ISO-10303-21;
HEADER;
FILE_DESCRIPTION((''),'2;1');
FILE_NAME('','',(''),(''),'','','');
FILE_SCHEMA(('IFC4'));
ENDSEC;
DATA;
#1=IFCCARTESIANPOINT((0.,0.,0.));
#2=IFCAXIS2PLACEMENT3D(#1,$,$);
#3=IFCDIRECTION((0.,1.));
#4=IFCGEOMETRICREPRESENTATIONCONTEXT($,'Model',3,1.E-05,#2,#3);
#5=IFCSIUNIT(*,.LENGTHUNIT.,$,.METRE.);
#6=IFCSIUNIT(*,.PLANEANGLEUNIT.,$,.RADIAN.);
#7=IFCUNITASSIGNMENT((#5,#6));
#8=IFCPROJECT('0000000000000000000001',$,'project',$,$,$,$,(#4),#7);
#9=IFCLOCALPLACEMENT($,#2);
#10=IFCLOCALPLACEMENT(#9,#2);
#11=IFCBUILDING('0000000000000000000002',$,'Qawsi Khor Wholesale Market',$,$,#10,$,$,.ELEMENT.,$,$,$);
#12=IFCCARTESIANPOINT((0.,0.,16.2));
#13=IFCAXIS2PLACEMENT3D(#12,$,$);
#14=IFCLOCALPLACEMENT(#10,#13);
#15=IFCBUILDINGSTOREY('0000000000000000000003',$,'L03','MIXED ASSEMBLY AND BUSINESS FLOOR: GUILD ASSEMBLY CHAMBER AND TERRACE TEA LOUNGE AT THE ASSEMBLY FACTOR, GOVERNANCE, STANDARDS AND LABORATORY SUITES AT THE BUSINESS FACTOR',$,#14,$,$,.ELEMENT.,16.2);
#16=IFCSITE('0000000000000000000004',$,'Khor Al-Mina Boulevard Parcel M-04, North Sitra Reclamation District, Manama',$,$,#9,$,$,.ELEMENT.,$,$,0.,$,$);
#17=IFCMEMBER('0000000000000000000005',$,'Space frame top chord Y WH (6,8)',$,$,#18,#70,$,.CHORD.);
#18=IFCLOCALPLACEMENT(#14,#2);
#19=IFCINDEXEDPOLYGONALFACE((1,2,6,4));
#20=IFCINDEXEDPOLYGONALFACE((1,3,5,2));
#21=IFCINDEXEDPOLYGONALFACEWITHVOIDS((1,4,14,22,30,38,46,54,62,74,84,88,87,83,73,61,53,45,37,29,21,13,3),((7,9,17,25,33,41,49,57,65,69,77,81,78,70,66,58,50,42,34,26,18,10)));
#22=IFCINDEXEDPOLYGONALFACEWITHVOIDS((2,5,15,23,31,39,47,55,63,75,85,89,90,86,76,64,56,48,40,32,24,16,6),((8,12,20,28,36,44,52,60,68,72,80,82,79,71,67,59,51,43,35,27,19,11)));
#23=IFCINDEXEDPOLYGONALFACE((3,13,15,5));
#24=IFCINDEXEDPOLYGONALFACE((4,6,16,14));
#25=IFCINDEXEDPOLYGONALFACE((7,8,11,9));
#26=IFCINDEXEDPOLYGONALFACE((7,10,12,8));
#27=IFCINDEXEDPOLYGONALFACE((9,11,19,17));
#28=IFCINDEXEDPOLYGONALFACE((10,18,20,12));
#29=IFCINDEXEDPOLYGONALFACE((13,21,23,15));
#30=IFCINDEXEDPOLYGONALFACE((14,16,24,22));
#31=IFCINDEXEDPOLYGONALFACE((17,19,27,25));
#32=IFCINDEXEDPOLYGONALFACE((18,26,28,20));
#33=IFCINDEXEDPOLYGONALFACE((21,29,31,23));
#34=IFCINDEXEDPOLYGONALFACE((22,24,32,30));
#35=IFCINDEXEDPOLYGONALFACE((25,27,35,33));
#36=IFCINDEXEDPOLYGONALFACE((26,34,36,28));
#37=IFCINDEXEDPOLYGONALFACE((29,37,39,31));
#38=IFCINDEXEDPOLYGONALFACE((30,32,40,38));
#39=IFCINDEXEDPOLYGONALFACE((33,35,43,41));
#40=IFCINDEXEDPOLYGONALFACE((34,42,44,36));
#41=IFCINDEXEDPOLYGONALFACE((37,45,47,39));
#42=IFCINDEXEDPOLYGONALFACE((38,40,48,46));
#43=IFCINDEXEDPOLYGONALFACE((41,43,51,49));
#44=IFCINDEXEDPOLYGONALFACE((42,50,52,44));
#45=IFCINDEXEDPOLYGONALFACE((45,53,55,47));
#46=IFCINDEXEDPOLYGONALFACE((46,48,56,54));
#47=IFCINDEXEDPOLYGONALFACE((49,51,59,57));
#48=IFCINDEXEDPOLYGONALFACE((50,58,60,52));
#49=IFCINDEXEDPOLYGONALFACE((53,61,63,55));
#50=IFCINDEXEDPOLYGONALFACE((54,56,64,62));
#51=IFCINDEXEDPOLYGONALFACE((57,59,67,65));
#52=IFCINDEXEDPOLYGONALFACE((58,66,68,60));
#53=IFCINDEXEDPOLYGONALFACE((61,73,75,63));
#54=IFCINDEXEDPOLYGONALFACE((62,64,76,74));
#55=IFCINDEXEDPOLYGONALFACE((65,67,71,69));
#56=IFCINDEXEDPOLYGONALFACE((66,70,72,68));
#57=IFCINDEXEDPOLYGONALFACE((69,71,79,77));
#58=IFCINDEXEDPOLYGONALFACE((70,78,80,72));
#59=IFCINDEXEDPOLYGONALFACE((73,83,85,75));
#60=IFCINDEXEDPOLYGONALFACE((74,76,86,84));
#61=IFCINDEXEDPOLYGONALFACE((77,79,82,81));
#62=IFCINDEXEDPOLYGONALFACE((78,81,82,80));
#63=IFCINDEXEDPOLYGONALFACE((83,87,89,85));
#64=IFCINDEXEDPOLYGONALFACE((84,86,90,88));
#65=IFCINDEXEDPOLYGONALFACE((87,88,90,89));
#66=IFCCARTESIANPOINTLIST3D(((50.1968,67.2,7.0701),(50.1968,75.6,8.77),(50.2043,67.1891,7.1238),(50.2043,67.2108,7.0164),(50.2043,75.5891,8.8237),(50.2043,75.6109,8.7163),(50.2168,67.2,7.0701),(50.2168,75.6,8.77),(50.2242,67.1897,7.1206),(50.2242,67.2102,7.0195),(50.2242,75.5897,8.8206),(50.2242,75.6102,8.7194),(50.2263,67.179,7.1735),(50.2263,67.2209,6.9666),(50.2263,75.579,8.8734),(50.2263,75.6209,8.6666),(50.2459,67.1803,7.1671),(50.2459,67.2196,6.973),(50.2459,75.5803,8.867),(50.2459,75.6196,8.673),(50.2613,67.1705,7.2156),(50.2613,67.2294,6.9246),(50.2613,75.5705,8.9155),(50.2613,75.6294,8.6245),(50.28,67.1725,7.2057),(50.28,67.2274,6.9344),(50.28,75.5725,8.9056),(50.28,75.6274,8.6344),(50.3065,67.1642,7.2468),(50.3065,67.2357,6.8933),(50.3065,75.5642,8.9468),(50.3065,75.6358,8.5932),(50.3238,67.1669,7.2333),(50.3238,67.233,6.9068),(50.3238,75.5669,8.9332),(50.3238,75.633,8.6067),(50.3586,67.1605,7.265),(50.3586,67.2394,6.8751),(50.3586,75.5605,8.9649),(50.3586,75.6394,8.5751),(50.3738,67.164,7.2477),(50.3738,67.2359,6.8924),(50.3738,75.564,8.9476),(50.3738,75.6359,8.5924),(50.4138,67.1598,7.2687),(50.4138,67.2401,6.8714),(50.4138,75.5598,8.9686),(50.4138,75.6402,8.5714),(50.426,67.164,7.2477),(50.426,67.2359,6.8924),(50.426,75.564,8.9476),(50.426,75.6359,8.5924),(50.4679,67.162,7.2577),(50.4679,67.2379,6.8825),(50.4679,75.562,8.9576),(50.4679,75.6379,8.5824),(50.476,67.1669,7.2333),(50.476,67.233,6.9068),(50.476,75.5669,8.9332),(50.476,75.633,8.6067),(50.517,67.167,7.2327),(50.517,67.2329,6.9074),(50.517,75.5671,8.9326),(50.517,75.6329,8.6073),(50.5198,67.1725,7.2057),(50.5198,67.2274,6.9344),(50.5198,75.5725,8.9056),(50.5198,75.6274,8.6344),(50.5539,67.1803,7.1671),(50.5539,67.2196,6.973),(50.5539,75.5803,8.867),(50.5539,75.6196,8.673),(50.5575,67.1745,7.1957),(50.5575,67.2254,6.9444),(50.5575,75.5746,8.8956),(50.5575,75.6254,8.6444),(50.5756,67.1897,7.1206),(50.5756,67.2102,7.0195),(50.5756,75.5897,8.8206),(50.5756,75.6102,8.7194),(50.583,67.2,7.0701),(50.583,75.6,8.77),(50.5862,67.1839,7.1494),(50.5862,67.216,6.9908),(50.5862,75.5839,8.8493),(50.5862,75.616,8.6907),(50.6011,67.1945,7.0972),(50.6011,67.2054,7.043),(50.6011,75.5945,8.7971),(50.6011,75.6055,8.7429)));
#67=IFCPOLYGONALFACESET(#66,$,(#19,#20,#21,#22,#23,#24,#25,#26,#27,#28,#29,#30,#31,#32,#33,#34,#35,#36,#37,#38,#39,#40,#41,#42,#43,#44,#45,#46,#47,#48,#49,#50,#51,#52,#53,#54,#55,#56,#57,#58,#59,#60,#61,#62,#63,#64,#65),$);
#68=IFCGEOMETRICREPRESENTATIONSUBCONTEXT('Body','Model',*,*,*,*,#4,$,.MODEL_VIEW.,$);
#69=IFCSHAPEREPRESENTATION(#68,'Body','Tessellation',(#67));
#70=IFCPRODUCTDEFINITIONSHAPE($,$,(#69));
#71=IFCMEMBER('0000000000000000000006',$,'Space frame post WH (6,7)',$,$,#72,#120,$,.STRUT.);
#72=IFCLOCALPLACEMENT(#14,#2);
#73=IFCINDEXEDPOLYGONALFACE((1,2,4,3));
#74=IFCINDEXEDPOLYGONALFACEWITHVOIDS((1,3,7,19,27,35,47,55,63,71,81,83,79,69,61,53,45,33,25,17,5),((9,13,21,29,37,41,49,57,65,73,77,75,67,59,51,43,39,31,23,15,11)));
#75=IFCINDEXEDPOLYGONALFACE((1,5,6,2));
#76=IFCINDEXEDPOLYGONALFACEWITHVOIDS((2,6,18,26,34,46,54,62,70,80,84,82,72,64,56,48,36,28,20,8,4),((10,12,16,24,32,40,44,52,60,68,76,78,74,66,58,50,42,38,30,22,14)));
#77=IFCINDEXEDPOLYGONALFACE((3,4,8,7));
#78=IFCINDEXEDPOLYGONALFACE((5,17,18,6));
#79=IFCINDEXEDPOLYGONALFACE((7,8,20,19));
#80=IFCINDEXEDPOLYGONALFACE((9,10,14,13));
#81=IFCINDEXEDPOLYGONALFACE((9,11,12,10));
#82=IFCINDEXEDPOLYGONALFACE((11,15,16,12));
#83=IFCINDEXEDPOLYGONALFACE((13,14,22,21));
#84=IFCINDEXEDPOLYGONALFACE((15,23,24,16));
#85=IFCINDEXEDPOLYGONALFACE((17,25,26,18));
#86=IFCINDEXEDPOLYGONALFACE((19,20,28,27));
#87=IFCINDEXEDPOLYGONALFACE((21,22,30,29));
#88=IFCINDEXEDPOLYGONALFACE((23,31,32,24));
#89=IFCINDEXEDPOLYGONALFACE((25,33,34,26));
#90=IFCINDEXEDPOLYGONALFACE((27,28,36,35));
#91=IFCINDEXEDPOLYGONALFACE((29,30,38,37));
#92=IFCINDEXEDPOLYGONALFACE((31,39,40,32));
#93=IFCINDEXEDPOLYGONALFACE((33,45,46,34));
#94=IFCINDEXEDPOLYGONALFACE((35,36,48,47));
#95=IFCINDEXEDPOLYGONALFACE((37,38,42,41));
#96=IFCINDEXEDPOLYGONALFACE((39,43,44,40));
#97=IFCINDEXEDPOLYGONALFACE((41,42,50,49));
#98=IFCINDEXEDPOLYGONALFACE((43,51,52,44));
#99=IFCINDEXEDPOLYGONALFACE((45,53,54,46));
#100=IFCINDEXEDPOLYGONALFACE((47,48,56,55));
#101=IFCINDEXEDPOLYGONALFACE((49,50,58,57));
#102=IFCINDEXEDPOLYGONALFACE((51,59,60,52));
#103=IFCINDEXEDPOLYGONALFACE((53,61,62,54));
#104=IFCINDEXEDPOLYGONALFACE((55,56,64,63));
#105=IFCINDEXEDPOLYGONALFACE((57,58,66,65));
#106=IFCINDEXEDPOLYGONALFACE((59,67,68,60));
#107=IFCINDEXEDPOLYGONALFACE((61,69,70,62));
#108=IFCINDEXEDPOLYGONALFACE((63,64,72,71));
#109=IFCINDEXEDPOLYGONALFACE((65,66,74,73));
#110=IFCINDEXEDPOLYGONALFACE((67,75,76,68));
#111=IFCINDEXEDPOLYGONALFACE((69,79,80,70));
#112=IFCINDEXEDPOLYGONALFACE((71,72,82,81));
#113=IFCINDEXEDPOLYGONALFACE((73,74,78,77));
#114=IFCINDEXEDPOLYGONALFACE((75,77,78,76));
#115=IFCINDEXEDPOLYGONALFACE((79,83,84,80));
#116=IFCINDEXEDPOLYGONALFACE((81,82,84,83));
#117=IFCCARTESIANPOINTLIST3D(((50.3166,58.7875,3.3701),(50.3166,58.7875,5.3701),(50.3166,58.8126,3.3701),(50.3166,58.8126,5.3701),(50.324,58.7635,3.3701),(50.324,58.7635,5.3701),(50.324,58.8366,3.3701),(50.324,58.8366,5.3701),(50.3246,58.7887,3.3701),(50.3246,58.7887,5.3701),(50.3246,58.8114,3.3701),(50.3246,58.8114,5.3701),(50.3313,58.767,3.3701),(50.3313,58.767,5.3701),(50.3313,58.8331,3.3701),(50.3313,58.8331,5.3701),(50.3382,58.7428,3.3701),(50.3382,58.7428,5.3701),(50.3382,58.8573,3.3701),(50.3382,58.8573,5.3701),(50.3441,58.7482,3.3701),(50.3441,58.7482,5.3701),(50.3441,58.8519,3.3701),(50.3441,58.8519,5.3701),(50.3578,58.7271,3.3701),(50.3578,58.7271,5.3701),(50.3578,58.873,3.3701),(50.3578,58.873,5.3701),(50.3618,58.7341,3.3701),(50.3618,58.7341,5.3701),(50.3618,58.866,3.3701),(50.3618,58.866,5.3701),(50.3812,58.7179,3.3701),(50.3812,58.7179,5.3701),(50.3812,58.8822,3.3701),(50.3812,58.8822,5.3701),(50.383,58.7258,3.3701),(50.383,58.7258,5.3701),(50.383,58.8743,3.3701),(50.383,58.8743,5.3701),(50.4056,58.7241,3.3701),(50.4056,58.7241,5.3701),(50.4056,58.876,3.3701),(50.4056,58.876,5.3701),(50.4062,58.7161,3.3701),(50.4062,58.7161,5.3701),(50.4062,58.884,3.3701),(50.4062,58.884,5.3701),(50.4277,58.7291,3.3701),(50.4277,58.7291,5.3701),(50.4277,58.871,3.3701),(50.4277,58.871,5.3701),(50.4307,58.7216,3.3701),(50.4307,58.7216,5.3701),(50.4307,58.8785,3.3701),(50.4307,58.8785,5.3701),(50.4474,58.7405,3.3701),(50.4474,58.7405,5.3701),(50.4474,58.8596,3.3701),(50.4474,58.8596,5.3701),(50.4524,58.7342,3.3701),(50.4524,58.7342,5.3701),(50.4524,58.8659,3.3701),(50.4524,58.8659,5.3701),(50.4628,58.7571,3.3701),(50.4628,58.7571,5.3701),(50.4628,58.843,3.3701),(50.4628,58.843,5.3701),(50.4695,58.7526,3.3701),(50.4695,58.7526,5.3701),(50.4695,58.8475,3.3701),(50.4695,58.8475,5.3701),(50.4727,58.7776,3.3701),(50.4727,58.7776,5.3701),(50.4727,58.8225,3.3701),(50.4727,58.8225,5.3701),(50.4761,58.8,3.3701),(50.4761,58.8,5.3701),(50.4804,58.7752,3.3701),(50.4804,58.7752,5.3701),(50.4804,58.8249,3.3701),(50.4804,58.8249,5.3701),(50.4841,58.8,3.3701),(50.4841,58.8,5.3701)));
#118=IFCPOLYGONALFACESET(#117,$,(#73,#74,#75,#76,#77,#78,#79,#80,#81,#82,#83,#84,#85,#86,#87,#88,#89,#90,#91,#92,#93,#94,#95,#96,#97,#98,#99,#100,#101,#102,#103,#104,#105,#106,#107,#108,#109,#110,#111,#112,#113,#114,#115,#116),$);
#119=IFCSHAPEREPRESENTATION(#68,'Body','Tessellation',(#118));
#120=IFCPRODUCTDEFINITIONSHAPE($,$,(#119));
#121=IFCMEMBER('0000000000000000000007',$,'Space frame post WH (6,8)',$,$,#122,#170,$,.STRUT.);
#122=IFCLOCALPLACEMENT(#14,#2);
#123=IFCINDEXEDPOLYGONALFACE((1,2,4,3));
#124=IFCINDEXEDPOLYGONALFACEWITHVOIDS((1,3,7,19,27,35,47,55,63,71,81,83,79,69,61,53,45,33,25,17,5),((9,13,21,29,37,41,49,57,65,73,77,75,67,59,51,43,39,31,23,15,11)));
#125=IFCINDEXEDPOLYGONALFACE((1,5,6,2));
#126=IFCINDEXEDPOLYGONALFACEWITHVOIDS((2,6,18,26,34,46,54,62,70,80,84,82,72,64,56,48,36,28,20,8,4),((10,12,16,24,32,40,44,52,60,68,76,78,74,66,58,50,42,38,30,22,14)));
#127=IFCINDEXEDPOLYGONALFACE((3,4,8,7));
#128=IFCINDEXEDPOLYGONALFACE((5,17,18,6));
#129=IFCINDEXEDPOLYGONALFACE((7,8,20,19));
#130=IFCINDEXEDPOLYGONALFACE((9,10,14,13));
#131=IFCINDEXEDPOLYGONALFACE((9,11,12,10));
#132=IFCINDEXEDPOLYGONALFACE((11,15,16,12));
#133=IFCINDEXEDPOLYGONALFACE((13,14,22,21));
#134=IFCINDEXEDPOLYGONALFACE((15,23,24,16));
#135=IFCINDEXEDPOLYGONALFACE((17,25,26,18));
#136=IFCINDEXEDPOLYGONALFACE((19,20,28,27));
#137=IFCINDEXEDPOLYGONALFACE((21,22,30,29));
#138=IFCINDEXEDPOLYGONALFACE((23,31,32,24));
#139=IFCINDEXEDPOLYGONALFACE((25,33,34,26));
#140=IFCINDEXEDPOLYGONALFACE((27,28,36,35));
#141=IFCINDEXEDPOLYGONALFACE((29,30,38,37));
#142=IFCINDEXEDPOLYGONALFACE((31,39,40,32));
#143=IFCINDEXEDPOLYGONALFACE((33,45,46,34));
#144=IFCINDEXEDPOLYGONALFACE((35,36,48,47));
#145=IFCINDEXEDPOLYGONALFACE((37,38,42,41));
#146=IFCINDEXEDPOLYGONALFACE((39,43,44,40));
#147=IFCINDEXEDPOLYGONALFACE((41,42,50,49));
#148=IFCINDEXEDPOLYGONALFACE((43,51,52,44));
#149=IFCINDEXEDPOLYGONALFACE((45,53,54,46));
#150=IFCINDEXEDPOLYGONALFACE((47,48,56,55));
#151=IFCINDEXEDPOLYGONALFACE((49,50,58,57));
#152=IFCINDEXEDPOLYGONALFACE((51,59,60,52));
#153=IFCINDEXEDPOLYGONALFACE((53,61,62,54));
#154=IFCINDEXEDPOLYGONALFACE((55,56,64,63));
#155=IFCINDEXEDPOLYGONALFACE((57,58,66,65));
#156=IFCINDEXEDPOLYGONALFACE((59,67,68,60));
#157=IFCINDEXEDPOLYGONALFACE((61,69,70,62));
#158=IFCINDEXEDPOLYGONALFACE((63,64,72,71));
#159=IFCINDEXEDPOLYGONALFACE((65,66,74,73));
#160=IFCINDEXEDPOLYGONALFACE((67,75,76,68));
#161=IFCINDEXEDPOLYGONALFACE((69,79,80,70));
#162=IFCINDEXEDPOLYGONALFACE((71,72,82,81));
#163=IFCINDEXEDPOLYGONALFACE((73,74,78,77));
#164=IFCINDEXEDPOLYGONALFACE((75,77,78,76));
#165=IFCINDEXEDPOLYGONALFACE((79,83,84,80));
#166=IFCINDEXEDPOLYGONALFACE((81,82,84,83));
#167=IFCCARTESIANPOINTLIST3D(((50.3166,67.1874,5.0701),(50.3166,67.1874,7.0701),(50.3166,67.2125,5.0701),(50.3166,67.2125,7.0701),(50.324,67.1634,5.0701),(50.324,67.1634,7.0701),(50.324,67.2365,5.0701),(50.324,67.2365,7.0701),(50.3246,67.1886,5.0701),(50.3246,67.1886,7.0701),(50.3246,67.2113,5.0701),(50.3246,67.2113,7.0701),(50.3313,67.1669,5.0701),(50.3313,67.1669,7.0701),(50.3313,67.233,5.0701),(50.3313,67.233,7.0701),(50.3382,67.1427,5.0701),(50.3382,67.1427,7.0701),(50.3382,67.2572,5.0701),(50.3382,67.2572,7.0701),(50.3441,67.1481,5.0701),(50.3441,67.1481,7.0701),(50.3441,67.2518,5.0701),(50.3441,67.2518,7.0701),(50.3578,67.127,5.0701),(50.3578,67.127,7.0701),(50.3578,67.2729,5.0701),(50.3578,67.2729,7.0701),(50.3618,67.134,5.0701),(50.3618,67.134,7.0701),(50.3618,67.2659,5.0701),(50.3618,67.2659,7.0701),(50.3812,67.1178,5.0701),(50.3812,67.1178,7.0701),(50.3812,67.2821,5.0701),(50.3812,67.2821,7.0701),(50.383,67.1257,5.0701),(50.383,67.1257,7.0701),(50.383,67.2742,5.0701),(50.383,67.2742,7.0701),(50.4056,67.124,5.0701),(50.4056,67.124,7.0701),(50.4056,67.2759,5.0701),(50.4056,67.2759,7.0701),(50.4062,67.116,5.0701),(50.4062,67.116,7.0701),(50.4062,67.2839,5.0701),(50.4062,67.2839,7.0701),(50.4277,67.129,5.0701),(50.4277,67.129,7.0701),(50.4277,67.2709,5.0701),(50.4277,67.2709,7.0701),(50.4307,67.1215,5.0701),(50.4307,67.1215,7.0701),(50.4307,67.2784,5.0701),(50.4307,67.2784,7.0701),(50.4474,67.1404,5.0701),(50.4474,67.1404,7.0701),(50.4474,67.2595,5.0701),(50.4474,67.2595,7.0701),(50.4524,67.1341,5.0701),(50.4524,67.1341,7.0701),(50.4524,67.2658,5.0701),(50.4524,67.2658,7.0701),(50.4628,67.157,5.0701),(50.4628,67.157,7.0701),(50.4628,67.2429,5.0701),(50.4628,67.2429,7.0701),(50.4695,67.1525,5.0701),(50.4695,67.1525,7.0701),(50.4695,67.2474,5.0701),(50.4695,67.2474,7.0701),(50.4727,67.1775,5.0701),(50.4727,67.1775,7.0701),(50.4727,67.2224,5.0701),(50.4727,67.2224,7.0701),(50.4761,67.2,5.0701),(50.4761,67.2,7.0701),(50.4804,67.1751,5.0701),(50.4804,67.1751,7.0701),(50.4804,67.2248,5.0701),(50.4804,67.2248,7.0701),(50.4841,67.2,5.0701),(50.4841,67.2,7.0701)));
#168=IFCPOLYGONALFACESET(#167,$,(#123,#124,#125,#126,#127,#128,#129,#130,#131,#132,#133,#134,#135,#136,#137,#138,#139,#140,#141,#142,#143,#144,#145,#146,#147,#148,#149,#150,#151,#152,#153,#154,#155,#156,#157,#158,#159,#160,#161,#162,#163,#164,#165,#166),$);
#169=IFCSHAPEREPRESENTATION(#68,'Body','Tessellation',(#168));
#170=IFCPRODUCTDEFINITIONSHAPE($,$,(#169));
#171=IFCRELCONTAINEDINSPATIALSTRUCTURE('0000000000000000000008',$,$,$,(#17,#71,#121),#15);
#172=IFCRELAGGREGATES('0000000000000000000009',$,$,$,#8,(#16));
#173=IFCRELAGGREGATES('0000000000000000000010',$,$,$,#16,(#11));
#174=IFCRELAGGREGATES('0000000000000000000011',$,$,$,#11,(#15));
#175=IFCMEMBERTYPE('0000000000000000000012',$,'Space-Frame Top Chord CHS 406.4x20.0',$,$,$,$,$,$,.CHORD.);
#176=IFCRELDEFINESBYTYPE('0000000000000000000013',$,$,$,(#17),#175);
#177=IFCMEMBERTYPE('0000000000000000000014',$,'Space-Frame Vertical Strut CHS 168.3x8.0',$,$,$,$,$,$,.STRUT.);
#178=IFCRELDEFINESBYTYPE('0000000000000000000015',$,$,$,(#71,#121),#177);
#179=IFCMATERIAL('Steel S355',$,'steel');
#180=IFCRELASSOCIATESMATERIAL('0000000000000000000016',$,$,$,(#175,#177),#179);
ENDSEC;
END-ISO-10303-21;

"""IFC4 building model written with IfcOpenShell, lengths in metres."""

from ifc_helpers import new_model, si_unit, direction, frame, origin, origin_2d, place, context, subcontext, project, spatial, hollow_circle, extrude, material, material_profile, profile_set, type_object, element, save


model = new_model("IFC4")

# Units and contexts
model_context = context("Model", 3, precision=1e-05, world=origin(), true_north=direction((0.0, 1.0)))
body_context = subcontext(model_context, "Body", "Model", "MODEL_VIEW")
ifc_project = project(units=[si_unit("LENGTHUNIT", "METRE"), si_unit("PLANEANGLEUNIT", "RADIAN")], contexts=[model_context])

# Site, building, storey
site_placement = place(None, origin())
site = spatial("IfcSite", under=ifc_project, at=site_placement, Name="Khor Al-Mina Boulevard Parcel M-04, North Sitra Reclamation District, Manama", CompositionType="ELEMENT", RefElevation=0.0)
building_placement = place(site_placement, origin())
building = spatial("IfcBuilding", under=site, at=building_placement, Name="Qawsi Khor Wholesale Market", CompositionType="ELEMENT")
storey_placement = place(building_placement, frame((0.0, 0.0, 16.2)))
storey = spatial("IfcBuildingStorey", under=building, at=storey_placement, Name="L03", Description="MIXED ASSEMBLY AND BUSINESS FLOOR: GUILD ASSEMBLY CHAMBER AND TERRACE TEA LOUNGE AT THE ASSEMBLY FACTOR, GOVERNANCE, STANDARDS AND LABORATORY SUITES AT THE BUSINESS FACTOR", CompositionType="ELEMENT", Elevation=16.2)

# Members
ifc_material_1 = material(Name="Steel S355", Category="steel")
ifc_material_profile_1 = material_profile(ifc_material_1, hollow_circle(Radius=0.2031, WallThickness=0.02, at=origin_2d()), Name="CHS 406.4x20.0")
ifc_profile_set_1 = profile_set([ifc_material_profile_1], Name="Steel S355")
member_type_1 = type_object("IfcMemberType", Name="Space-Frame Top Chord CHS 406.4x20.0", PredefinedType="CHORD", material=ifc_profile_set_1)
member_1_placement = place(storey_placement, frame((50.3999, 67.2, 7.0701), z_axis=(0.0, 0.980131, 0.198351), x_axis=(-1.0, 0.0, 0.0)))
element("IfcMember", 1, at=member_1_placement, inside=storey, type_object=member_type_1, Name="Space frame top chord Y WH (6,8)", PredefinedType="CHORD", context=body_context, shape_type="SweptSolid", body=[
    extrude(hollow_circle(Radius=0.2031, WallThickness=0.02, at=origin_2d()), origin(), (0.0, 0.0, 1.0), 8.5703),
])
ifc_material_profile_2 = material_profile(ifc_material_1, hollow_circle(Radius=0.0842, WallThickness=0.0081, at=origin_2d()), Name="CHS 168.3x8.0")
ifc_profile_set_2 = profile_set([ifc_material_profile_2], Name="Steel S355")
member_type_2 = type_object("IfcMemberType", Name="Space-Frame Vertical Strut CHS 168.3x8.0", PredefinedType="STRUT", material=ifc_profile_set_2)
for number, where, z_axis, x_axis, name in (
    (2, (50.3999, 58.8, 3.3701), (0.0, 0.0, 1.0), (1.0, 0.0, 0.0), "Space frame post WH (6,7)"),
    (3, (50.3999, 67.2, 5.0701), (0.0, 0.0, 1.0), (1.0, 0.0, 0.0), "Space frame post WH (6,8)"),
):
    element("IfcMember", number, at=place(storey_placement, frame(where, z_axis=z_axis, x_axis=x_axis)), inside=storey, type_object=member_type_2, Name=name, PredefinedType="STRUT", context=body_context, shape_type="SweptSolid", body=[
        extrude(hollow_circle(Radius=0.0842, WallThickness=0.0081, at=origin_2d()), origin(), (0.0, 0.0, 1.0), 2.0),
    ])

save(model, "model.ifc")
